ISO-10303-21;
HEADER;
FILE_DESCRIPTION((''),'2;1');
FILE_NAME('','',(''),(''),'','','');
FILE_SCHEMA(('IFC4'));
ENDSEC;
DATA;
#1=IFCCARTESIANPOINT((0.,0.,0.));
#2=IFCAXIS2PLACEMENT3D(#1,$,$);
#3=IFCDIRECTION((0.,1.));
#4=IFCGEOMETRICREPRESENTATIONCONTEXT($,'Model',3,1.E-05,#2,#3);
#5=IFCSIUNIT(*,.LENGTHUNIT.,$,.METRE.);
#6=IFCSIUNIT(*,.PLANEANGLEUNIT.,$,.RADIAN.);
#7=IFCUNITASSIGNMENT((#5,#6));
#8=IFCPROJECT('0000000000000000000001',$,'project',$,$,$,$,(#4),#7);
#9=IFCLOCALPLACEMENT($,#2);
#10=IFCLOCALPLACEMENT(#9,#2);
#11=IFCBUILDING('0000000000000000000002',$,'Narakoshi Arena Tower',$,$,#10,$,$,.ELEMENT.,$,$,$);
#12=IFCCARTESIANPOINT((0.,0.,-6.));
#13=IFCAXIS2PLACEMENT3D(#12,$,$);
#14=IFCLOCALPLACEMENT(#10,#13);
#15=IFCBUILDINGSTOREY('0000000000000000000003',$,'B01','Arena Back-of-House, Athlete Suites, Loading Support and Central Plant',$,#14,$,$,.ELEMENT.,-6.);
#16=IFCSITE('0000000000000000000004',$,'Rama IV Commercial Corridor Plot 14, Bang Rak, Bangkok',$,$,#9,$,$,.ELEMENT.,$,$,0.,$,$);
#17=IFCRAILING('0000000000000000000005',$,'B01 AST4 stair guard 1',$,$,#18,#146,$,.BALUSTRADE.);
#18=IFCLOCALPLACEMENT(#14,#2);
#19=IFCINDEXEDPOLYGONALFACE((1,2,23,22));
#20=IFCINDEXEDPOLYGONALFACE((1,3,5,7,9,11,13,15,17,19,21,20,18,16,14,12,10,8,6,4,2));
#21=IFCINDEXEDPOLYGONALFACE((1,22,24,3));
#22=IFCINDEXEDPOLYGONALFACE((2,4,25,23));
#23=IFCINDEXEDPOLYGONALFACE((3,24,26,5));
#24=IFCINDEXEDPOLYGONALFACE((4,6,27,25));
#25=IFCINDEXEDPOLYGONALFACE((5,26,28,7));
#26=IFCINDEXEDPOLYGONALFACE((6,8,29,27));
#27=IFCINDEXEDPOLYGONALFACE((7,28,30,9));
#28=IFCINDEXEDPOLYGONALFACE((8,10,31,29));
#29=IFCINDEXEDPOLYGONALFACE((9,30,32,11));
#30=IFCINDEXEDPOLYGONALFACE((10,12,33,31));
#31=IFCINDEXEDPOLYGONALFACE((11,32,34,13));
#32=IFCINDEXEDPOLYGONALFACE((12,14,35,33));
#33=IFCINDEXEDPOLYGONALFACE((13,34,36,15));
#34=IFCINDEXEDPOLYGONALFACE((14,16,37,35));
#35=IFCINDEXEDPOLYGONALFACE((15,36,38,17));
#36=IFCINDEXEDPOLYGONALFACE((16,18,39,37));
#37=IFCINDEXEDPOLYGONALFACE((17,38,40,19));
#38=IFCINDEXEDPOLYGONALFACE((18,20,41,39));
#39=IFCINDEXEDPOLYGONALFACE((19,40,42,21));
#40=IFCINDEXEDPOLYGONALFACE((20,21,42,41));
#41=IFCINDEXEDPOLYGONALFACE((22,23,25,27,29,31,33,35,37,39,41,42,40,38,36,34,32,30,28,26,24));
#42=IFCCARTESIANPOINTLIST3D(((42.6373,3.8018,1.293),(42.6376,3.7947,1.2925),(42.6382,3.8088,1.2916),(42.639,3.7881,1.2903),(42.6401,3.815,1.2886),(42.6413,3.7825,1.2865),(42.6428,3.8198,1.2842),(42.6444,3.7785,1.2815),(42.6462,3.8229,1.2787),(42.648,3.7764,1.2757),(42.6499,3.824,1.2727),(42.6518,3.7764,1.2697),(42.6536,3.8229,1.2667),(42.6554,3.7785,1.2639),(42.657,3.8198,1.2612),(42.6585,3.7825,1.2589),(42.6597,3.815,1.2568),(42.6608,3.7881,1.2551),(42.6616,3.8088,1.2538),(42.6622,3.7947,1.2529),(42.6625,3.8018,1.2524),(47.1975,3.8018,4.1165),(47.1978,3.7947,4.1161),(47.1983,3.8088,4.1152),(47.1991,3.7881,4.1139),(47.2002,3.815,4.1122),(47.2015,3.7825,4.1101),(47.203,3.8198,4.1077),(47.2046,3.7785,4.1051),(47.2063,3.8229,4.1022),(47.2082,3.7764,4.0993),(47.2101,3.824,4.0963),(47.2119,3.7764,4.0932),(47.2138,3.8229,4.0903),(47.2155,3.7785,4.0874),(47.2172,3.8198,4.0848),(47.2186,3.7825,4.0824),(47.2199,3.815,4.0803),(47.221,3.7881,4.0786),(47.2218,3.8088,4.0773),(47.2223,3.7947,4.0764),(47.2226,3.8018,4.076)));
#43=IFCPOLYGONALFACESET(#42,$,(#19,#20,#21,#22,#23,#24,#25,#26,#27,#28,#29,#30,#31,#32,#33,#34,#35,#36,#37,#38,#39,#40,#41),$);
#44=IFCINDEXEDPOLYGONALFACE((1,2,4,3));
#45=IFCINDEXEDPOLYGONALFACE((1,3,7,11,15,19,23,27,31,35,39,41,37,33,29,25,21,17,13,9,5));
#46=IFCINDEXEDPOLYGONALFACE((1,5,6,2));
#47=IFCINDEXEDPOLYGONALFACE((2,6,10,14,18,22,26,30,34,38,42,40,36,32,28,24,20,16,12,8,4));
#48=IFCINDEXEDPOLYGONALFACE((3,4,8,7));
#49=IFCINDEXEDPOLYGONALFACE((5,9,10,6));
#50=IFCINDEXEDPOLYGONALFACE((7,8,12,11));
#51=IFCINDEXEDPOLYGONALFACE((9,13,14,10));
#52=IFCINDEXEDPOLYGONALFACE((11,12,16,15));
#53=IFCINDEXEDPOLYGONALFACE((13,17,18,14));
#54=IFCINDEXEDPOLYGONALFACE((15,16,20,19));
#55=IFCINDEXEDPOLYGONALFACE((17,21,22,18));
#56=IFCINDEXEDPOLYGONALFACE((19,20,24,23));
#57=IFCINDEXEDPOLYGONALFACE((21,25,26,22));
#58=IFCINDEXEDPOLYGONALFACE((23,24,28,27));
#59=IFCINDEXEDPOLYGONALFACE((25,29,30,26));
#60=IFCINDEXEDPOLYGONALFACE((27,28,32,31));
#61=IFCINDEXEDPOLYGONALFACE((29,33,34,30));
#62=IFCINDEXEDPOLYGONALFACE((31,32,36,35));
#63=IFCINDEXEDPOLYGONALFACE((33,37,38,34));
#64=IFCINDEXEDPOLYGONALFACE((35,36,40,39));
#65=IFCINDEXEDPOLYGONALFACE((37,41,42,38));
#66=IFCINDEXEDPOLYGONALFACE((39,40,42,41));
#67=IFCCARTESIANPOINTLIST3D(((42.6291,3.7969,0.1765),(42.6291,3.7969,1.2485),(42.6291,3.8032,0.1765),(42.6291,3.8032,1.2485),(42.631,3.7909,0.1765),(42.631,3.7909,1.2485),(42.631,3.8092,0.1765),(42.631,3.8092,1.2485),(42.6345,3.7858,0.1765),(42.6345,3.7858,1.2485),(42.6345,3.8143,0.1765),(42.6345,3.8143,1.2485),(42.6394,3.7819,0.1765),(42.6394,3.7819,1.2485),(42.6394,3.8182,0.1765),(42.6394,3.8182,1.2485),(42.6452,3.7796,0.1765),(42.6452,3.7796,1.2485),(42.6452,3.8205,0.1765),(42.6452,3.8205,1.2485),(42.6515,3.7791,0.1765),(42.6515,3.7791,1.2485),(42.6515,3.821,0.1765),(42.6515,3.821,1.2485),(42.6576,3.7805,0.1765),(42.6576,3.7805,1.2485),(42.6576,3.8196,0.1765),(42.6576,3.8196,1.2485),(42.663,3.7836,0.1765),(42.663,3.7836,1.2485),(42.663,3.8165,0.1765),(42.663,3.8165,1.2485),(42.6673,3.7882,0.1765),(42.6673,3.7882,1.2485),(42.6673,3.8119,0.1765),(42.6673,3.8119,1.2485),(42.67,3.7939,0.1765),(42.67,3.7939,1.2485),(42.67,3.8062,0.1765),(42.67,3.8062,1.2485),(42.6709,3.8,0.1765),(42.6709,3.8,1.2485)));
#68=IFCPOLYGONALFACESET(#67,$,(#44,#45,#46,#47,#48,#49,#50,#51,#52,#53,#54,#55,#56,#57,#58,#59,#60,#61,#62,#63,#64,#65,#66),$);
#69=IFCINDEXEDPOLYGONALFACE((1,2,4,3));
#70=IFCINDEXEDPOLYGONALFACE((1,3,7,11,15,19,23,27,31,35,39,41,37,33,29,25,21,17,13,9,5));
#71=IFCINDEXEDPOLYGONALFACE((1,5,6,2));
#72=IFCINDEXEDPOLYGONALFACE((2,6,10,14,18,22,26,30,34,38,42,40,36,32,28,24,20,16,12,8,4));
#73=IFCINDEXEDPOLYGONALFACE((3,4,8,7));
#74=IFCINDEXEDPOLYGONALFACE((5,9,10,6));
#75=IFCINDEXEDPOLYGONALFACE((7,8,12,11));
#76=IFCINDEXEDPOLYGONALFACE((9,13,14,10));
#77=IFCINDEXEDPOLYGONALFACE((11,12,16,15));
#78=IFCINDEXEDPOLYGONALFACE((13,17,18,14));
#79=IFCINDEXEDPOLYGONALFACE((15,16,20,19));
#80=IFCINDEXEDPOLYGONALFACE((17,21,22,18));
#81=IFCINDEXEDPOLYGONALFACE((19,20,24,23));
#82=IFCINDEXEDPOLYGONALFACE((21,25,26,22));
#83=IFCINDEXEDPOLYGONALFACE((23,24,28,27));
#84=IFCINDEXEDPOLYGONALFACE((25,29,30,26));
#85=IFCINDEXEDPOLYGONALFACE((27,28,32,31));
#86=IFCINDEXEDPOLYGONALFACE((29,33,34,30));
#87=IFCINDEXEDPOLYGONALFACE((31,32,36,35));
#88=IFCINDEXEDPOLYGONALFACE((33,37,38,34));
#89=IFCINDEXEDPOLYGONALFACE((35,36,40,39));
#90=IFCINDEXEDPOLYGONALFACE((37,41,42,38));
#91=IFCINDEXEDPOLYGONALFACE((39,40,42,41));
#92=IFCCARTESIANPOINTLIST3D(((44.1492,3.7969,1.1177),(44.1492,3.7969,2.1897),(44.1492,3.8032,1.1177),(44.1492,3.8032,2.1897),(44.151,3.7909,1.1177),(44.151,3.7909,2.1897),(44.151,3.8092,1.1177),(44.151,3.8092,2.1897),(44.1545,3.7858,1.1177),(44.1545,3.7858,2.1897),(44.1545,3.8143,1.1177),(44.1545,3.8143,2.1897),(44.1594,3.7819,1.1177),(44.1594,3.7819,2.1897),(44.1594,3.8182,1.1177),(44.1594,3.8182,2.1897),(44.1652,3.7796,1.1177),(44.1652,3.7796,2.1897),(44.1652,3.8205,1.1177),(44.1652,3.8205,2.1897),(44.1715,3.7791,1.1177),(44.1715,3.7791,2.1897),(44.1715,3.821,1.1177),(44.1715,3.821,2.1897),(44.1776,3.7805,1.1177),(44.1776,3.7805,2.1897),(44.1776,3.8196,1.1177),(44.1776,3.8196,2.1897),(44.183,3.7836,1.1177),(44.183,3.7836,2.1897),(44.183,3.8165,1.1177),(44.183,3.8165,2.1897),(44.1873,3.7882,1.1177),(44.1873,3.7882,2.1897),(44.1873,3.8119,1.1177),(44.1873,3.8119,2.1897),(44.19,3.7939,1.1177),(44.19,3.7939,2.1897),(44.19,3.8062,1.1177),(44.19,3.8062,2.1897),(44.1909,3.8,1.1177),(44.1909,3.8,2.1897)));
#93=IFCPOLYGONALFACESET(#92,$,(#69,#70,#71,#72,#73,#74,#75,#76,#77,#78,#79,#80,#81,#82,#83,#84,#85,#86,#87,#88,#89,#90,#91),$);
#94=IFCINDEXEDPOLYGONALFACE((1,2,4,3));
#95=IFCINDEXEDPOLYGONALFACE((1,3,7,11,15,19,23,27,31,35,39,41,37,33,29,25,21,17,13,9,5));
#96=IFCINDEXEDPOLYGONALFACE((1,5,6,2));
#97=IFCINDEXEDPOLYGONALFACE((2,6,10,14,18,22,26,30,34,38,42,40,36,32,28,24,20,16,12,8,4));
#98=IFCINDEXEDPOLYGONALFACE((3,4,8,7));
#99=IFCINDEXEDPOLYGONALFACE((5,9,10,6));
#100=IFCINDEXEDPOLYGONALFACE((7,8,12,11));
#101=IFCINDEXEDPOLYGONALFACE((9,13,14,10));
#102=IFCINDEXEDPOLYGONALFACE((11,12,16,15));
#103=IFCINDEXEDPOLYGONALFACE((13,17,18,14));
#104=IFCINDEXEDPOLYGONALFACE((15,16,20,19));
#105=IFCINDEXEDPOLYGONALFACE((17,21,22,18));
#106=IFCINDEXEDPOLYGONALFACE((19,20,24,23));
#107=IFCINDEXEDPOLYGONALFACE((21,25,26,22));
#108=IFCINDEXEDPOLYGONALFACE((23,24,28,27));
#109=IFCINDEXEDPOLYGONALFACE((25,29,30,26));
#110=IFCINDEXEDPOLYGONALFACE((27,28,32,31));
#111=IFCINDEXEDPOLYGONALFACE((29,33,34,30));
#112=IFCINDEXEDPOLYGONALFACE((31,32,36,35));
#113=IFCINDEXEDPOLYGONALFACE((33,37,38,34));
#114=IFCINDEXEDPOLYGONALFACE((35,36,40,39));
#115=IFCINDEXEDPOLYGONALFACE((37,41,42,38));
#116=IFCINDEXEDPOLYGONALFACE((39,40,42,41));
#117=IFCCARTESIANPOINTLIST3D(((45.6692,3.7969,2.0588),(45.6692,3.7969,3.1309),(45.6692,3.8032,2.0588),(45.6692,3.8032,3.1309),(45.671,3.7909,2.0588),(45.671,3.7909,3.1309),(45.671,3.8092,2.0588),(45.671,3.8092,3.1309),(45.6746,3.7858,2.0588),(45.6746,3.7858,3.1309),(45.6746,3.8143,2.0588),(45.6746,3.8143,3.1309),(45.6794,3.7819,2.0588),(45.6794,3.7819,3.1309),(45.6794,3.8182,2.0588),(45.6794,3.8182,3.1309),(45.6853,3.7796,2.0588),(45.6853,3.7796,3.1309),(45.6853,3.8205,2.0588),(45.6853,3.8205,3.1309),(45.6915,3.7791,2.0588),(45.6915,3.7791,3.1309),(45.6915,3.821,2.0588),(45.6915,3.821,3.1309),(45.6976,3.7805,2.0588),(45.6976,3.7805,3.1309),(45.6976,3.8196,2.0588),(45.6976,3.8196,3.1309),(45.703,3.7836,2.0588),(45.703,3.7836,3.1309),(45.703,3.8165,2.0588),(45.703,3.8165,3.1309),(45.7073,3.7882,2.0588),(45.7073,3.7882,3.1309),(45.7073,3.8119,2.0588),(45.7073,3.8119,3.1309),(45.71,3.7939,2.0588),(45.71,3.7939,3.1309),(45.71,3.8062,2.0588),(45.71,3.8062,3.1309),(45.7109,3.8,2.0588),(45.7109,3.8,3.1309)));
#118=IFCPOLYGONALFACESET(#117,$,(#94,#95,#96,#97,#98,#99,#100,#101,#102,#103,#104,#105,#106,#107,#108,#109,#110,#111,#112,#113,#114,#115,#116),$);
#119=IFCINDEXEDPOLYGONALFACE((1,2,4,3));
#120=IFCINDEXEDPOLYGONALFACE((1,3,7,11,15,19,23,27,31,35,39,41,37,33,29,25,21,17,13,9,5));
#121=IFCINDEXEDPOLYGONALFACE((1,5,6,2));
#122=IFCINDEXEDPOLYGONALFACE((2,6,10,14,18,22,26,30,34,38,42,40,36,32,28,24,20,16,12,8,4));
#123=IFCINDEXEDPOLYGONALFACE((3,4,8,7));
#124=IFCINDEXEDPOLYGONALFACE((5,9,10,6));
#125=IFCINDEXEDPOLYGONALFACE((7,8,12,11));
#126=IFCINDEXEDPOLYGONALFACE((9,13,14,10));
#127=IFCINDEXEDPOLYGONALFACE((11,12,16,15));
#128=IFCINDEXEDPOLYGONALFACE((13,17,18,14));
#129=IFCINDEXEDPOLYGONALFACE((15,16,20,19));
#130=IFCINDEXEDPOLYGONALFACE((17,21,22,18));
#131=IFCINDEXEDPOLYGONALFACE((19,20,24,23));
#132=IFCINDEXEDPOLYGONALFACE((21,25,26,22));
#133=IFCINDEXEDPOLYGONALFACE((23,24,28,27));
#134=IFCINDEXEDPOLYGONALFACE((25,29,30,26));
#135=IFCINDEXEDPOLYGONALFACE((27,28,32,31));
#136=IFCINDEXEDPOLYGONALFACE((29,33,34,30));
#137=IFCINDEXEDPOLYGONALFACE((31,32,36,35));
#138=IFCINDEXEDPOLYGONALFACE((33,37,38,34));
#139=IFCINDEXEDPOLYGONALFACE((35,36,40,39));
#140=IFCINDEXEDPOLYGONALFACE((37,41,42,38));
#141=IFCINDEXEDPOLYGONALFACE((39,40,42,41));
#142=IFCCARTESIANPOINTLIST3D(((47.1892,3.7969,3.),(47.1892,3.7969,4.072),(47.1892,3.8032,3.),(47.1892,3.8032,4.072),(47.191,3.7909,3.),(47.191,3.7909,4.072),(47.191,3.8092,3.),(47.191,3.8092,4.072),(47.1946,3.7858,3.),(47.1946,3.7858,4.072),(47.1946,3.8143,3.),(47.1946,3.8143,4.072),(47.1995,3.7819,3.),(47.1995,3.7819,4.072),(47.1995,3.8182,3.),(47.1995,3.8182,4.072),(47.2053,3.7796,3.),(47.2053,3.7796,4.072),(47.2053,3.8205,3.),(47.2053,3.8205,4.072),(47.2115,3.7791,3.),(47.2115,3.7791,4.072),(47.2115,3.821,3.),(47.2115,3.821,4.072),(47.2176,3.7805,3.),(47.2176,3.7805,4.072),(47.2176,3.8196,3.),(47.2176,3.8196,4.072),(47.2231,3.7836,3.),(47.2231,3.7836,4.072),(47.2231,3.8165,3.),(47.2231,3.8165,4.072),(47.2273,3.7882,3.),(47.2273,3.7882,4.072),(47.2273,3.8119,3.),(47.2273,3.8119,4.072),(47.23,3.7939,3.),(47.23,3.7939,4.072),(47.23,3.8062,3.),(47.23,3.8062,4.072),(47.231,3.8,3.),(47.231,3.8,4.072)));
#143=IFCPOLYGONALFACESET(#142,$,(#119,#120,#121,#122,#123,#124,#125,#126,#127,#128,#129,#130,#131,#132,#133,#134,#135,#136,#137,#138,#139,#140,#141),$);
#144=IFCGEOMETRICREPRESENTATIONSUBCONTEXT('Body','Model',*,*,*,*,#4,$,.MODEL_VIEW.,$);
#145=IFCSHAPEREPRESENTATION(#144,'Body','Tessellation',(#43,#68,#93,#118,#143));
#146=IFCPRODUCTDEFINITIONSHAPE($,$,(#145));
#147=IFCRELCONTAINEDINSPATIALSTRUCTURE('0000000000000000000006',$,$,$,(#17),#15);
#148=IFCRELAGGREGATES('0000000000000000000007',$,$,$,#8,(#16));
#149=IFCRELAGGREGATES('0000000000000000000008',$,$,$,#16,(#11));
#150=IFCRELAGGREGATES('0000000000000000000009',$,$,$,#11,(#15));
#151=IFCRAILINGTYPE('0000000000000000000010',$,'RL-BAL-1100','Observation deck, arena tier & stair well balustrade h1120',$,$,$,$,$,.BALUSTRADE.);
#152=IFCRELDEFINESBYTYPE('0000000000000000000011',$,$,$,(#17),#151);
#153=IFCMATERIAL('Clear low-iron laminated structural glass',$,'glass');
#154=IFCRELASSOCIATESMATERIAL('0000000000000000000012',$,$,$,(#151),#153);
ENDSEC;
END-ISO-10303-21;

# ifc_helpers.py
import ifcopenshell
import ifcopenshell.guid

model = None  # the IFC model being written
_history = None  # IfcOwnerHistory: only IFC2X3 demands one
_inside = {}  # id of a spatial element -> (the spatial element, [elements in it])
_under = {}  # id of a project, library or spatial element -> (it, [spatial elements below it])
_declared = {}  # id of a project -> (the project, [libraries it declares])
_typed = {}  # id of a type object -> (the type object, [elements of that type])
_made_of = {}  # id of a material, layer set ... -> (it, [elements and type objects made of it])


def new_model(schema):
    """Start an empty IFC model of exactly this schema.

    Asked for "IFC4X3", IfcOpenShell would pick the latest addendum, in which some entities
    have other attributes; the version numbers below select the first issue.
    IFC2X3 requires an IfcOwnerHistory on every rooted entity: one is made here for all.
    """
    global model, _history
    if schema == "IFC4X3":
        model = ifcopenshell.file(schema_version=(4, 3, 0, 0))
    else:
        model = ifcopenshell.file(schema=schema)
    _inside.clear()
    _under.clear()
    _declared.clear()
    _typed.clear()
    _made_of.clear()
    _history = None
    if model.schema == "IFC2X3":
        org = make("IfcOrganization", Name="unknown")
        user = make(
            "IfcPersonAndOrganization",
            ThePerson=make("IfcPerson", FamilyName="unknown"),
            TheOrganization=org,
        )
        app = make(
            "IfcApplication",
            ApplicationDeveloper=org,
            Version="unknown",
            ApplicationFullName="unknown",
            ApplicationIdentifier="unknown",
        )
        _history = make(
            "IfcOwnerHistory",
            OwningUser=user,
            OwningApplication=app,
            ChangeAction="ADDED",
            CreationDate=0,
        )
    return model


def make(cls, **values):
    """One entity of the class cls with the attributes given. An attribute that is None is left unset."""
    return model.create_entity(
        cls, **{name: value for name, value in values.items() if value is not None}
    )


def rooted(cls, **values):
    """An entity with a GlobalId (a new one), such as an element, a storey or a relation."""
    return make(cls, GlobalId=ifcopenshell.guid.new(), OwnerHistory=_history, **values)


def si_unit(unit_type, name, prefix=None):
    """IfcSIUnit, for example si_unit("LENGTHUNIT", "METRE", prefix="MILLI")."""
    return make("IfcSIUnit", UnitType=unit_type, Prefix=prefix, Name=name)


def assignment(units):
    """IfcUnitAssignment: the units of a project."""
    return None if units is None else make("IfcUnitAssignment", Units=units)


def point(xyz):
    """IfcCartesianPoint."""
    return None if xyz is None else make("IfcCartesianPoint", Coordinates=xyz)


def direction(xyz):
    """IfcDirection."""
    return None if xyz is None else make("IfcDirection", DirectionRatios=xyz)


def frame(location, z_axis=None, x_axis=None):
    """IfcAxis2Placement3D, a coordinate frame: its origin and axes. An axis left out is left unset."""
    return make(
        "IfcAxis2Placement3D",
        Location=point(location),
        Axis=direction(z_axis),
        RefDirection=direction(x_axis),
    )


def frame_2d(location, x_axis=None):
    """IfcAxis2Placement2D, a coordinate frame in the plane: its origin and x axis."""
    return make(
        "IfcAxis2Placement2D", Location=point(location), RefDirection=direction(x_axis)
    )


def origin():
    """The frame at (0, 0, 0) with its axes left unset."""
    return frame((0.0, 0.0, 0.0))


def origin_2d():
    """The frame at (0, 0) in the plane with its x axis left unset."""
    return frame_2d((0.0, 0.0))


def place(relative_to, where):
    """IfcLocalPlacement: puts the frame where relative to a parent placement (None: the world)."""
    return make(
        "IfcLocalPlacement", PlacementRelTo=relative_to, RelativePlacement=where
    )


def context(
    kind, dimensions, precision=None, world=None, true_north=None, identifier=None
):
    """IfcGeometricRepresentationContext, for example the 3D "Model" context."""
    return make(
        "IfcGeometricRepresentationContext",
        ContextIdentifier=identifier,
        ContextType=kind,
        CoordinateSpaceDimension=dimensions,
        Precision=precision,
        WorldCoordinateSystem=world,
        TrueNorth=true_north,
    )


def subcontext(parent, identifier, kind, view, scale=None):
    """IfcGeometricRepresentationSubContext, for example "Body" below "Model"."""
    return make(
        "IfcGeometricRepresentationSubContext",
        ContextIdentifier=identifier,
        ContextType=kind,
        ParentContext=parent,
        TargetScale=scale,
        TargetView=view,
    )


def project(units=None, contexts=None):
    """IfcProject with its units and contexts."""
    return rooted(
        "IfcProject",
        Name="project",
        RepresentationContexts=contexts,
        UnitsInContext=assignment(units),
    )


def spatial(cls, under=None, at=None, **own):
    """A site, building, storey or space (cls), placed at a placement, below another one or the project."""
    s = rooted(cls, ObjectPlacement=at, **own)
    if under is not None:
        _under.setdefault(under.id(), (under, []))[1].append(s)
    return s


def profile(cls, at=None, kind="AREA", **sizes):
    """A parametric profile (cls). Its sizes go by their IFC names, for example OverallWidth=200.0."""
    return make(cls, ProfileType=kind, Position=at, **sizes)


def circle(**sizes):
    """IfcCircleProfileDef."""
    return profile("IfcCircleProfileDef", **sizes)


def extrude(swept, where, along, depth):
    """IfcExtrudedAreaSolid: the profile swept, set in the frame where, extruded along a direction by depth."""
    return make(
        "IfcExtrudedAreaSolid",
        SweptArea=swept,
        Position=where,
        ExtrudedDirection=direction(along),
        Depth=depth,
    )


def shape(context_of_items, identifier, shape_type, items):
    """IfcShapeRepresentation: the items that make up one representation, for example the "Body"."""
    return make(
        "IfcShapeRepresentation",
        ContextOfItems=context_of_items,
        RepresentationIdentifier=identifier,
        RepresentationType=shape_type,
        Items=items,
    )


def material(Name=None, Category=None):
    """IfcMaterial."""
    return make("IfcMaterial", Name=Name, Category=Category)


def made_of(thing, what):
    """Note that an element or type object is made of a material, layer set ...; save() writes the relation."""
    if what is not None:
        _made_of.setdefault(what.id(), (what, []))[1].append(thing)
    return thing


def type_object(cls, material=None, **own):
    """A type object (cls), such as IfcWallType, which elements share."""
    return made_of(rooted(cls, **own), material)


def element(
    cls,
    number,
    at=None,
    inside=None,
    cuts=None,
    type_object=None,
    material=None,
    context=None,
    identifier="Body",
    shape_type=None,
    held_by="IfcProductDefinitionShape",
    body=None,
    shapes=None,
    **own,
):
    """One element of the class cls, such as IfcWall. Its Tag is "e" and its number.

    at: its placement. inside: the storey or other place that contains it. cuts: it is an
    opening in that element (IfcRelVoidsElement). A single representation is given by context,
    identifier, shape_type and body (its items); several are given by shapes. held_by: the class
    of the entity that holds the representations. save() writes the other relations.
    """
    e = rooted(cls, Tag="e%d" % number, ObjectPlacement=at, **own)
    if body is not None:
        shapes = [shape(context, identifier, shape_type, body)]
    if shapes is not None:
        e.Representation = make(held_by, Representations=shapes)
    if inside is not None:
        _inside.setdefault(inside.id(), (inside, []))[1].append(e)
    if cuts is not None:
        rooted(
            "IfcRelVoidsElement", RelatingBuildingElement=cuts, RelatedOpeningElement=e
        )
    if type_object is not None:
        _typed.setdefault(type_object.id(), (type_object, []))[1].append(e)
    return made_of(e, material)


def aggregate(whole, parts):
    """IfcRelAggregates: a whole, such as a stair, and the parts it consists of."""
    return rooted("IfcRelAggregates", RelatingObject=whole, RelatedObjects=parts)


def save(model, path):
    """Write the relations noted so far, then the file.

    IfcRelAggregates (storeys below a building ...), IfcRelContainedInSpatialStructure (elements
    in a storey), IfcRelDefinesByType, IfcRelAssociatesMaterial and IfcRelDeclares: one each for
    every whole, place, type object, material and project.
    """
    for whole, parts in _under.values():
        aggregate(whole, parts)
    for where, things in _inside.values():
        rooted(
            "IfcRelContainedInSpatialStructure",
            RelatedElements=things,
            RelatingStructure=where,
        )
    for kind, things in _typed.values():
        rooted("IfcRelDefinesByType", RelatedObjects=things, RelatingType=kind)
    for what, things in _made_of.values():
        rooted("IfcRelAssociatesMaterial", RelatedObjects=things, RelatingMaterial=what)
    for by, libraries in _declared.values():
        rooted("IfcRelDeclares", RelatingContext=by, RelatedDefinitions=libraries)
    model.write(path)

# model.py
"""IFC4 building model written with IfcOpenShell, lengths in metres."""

from ifc_helpers import new_model, si_unit, direction, frame, origin, origin_2d, place, context, subcontext, project, spatial, circle, extrude, material, type_object, element, save


model = new_model("IFC4")

# Units and contexts
model_context = context("Model", 3, precision=1e-05, world=origin(), true_north=direction((0.0, 1.0)))
body_context = subcontext(model_context, "Body", "Model", "MODEL_VIEW")
ifc_project = project(units=[si_unit("LENGTHUNIT", "METRE"), si_unit("PLANEANGLEUNIT", "RADIAN")], contexts=[model_context])

# Site, building, storey
site_placement = place(None, origin())
site = spatial("IfcSite", under=ifc_project, at=site_placement, Name="Rama IV Commercial Corridor Plot 14, Bang Rak, Bangkok", CompositionType="ELEMENT", RefElevation=0.0)
building_placement = place(site_placement, origin())
building = spatial("IfcBuilding", under=site, at=building_placement, Name="Narakoshi Arena Tower", CompositionType="ELEMENT")
storey_placement = place(building_placement, frame((0.0, 0.0, -6.0)))
storey = spatial("IfcBuildingStorey", under=building, at=storey_placement, Name="B01", Description="Arena Back-of-House, Athlete Suites, Loading Support and Central Plant", CompositionType="ELEMENT", Elevation=-6.0)

# Railing
ifc_material_1 = material(Name="Clear low-iron laminated structural glass", Category="glass")
railing_type_1 = type_object("IfcRailingType", Name="RL-BAL-1100", Description="Observation deck, arena tier & stair well balustrade h1120", PredefinedType="BALUSTRADE", material=ifc_material_1)
railing_1_placement = place(storey_placement, frame((42.6499, 3.8, 0.1765)))
element("IfcRailing", 1, at=railing_1_placement, inside=storey, type_object=railing_type_1, Name="B01 AST4 stair guard 1", PredefinedType="BALUSTRADE", context=body_context, shape_type="SweptSolid", body=[
    extrude(circle(Radius=0.0239, at=origin_2d()), frame((0.0, 0.0, 1.0962), z_axis=(0.850216, 0.0, 0.526435), x_axis=(0.0, 1.0, 0.0)), (0.0, 0.0, 1.0), 5.3635),
    extrude(circle(Radius=0.021, at=origin_2d()), origin(), (0.0, 0.0, 1.0), 1.072),
    extrude(circle(Radius=0.021, at=origin_2d()), frame((1.52, 0.0, 0.9412)), (0.0, 0.0, 1.0), 1.072),
    extrude(circle(Radius=0.021, at=origin_2d()), frame((3.04, 0.0, 1.8823)), (0.0, 0.0, 1.0), 1.072),
    extrude(circle(Radius=0.021, at=origin_2d()), frame((4.5601, 0.0, 2.8235)), (0.0, 0.0, 1.0), 1.072),
])

save(model, "model.ifc")
